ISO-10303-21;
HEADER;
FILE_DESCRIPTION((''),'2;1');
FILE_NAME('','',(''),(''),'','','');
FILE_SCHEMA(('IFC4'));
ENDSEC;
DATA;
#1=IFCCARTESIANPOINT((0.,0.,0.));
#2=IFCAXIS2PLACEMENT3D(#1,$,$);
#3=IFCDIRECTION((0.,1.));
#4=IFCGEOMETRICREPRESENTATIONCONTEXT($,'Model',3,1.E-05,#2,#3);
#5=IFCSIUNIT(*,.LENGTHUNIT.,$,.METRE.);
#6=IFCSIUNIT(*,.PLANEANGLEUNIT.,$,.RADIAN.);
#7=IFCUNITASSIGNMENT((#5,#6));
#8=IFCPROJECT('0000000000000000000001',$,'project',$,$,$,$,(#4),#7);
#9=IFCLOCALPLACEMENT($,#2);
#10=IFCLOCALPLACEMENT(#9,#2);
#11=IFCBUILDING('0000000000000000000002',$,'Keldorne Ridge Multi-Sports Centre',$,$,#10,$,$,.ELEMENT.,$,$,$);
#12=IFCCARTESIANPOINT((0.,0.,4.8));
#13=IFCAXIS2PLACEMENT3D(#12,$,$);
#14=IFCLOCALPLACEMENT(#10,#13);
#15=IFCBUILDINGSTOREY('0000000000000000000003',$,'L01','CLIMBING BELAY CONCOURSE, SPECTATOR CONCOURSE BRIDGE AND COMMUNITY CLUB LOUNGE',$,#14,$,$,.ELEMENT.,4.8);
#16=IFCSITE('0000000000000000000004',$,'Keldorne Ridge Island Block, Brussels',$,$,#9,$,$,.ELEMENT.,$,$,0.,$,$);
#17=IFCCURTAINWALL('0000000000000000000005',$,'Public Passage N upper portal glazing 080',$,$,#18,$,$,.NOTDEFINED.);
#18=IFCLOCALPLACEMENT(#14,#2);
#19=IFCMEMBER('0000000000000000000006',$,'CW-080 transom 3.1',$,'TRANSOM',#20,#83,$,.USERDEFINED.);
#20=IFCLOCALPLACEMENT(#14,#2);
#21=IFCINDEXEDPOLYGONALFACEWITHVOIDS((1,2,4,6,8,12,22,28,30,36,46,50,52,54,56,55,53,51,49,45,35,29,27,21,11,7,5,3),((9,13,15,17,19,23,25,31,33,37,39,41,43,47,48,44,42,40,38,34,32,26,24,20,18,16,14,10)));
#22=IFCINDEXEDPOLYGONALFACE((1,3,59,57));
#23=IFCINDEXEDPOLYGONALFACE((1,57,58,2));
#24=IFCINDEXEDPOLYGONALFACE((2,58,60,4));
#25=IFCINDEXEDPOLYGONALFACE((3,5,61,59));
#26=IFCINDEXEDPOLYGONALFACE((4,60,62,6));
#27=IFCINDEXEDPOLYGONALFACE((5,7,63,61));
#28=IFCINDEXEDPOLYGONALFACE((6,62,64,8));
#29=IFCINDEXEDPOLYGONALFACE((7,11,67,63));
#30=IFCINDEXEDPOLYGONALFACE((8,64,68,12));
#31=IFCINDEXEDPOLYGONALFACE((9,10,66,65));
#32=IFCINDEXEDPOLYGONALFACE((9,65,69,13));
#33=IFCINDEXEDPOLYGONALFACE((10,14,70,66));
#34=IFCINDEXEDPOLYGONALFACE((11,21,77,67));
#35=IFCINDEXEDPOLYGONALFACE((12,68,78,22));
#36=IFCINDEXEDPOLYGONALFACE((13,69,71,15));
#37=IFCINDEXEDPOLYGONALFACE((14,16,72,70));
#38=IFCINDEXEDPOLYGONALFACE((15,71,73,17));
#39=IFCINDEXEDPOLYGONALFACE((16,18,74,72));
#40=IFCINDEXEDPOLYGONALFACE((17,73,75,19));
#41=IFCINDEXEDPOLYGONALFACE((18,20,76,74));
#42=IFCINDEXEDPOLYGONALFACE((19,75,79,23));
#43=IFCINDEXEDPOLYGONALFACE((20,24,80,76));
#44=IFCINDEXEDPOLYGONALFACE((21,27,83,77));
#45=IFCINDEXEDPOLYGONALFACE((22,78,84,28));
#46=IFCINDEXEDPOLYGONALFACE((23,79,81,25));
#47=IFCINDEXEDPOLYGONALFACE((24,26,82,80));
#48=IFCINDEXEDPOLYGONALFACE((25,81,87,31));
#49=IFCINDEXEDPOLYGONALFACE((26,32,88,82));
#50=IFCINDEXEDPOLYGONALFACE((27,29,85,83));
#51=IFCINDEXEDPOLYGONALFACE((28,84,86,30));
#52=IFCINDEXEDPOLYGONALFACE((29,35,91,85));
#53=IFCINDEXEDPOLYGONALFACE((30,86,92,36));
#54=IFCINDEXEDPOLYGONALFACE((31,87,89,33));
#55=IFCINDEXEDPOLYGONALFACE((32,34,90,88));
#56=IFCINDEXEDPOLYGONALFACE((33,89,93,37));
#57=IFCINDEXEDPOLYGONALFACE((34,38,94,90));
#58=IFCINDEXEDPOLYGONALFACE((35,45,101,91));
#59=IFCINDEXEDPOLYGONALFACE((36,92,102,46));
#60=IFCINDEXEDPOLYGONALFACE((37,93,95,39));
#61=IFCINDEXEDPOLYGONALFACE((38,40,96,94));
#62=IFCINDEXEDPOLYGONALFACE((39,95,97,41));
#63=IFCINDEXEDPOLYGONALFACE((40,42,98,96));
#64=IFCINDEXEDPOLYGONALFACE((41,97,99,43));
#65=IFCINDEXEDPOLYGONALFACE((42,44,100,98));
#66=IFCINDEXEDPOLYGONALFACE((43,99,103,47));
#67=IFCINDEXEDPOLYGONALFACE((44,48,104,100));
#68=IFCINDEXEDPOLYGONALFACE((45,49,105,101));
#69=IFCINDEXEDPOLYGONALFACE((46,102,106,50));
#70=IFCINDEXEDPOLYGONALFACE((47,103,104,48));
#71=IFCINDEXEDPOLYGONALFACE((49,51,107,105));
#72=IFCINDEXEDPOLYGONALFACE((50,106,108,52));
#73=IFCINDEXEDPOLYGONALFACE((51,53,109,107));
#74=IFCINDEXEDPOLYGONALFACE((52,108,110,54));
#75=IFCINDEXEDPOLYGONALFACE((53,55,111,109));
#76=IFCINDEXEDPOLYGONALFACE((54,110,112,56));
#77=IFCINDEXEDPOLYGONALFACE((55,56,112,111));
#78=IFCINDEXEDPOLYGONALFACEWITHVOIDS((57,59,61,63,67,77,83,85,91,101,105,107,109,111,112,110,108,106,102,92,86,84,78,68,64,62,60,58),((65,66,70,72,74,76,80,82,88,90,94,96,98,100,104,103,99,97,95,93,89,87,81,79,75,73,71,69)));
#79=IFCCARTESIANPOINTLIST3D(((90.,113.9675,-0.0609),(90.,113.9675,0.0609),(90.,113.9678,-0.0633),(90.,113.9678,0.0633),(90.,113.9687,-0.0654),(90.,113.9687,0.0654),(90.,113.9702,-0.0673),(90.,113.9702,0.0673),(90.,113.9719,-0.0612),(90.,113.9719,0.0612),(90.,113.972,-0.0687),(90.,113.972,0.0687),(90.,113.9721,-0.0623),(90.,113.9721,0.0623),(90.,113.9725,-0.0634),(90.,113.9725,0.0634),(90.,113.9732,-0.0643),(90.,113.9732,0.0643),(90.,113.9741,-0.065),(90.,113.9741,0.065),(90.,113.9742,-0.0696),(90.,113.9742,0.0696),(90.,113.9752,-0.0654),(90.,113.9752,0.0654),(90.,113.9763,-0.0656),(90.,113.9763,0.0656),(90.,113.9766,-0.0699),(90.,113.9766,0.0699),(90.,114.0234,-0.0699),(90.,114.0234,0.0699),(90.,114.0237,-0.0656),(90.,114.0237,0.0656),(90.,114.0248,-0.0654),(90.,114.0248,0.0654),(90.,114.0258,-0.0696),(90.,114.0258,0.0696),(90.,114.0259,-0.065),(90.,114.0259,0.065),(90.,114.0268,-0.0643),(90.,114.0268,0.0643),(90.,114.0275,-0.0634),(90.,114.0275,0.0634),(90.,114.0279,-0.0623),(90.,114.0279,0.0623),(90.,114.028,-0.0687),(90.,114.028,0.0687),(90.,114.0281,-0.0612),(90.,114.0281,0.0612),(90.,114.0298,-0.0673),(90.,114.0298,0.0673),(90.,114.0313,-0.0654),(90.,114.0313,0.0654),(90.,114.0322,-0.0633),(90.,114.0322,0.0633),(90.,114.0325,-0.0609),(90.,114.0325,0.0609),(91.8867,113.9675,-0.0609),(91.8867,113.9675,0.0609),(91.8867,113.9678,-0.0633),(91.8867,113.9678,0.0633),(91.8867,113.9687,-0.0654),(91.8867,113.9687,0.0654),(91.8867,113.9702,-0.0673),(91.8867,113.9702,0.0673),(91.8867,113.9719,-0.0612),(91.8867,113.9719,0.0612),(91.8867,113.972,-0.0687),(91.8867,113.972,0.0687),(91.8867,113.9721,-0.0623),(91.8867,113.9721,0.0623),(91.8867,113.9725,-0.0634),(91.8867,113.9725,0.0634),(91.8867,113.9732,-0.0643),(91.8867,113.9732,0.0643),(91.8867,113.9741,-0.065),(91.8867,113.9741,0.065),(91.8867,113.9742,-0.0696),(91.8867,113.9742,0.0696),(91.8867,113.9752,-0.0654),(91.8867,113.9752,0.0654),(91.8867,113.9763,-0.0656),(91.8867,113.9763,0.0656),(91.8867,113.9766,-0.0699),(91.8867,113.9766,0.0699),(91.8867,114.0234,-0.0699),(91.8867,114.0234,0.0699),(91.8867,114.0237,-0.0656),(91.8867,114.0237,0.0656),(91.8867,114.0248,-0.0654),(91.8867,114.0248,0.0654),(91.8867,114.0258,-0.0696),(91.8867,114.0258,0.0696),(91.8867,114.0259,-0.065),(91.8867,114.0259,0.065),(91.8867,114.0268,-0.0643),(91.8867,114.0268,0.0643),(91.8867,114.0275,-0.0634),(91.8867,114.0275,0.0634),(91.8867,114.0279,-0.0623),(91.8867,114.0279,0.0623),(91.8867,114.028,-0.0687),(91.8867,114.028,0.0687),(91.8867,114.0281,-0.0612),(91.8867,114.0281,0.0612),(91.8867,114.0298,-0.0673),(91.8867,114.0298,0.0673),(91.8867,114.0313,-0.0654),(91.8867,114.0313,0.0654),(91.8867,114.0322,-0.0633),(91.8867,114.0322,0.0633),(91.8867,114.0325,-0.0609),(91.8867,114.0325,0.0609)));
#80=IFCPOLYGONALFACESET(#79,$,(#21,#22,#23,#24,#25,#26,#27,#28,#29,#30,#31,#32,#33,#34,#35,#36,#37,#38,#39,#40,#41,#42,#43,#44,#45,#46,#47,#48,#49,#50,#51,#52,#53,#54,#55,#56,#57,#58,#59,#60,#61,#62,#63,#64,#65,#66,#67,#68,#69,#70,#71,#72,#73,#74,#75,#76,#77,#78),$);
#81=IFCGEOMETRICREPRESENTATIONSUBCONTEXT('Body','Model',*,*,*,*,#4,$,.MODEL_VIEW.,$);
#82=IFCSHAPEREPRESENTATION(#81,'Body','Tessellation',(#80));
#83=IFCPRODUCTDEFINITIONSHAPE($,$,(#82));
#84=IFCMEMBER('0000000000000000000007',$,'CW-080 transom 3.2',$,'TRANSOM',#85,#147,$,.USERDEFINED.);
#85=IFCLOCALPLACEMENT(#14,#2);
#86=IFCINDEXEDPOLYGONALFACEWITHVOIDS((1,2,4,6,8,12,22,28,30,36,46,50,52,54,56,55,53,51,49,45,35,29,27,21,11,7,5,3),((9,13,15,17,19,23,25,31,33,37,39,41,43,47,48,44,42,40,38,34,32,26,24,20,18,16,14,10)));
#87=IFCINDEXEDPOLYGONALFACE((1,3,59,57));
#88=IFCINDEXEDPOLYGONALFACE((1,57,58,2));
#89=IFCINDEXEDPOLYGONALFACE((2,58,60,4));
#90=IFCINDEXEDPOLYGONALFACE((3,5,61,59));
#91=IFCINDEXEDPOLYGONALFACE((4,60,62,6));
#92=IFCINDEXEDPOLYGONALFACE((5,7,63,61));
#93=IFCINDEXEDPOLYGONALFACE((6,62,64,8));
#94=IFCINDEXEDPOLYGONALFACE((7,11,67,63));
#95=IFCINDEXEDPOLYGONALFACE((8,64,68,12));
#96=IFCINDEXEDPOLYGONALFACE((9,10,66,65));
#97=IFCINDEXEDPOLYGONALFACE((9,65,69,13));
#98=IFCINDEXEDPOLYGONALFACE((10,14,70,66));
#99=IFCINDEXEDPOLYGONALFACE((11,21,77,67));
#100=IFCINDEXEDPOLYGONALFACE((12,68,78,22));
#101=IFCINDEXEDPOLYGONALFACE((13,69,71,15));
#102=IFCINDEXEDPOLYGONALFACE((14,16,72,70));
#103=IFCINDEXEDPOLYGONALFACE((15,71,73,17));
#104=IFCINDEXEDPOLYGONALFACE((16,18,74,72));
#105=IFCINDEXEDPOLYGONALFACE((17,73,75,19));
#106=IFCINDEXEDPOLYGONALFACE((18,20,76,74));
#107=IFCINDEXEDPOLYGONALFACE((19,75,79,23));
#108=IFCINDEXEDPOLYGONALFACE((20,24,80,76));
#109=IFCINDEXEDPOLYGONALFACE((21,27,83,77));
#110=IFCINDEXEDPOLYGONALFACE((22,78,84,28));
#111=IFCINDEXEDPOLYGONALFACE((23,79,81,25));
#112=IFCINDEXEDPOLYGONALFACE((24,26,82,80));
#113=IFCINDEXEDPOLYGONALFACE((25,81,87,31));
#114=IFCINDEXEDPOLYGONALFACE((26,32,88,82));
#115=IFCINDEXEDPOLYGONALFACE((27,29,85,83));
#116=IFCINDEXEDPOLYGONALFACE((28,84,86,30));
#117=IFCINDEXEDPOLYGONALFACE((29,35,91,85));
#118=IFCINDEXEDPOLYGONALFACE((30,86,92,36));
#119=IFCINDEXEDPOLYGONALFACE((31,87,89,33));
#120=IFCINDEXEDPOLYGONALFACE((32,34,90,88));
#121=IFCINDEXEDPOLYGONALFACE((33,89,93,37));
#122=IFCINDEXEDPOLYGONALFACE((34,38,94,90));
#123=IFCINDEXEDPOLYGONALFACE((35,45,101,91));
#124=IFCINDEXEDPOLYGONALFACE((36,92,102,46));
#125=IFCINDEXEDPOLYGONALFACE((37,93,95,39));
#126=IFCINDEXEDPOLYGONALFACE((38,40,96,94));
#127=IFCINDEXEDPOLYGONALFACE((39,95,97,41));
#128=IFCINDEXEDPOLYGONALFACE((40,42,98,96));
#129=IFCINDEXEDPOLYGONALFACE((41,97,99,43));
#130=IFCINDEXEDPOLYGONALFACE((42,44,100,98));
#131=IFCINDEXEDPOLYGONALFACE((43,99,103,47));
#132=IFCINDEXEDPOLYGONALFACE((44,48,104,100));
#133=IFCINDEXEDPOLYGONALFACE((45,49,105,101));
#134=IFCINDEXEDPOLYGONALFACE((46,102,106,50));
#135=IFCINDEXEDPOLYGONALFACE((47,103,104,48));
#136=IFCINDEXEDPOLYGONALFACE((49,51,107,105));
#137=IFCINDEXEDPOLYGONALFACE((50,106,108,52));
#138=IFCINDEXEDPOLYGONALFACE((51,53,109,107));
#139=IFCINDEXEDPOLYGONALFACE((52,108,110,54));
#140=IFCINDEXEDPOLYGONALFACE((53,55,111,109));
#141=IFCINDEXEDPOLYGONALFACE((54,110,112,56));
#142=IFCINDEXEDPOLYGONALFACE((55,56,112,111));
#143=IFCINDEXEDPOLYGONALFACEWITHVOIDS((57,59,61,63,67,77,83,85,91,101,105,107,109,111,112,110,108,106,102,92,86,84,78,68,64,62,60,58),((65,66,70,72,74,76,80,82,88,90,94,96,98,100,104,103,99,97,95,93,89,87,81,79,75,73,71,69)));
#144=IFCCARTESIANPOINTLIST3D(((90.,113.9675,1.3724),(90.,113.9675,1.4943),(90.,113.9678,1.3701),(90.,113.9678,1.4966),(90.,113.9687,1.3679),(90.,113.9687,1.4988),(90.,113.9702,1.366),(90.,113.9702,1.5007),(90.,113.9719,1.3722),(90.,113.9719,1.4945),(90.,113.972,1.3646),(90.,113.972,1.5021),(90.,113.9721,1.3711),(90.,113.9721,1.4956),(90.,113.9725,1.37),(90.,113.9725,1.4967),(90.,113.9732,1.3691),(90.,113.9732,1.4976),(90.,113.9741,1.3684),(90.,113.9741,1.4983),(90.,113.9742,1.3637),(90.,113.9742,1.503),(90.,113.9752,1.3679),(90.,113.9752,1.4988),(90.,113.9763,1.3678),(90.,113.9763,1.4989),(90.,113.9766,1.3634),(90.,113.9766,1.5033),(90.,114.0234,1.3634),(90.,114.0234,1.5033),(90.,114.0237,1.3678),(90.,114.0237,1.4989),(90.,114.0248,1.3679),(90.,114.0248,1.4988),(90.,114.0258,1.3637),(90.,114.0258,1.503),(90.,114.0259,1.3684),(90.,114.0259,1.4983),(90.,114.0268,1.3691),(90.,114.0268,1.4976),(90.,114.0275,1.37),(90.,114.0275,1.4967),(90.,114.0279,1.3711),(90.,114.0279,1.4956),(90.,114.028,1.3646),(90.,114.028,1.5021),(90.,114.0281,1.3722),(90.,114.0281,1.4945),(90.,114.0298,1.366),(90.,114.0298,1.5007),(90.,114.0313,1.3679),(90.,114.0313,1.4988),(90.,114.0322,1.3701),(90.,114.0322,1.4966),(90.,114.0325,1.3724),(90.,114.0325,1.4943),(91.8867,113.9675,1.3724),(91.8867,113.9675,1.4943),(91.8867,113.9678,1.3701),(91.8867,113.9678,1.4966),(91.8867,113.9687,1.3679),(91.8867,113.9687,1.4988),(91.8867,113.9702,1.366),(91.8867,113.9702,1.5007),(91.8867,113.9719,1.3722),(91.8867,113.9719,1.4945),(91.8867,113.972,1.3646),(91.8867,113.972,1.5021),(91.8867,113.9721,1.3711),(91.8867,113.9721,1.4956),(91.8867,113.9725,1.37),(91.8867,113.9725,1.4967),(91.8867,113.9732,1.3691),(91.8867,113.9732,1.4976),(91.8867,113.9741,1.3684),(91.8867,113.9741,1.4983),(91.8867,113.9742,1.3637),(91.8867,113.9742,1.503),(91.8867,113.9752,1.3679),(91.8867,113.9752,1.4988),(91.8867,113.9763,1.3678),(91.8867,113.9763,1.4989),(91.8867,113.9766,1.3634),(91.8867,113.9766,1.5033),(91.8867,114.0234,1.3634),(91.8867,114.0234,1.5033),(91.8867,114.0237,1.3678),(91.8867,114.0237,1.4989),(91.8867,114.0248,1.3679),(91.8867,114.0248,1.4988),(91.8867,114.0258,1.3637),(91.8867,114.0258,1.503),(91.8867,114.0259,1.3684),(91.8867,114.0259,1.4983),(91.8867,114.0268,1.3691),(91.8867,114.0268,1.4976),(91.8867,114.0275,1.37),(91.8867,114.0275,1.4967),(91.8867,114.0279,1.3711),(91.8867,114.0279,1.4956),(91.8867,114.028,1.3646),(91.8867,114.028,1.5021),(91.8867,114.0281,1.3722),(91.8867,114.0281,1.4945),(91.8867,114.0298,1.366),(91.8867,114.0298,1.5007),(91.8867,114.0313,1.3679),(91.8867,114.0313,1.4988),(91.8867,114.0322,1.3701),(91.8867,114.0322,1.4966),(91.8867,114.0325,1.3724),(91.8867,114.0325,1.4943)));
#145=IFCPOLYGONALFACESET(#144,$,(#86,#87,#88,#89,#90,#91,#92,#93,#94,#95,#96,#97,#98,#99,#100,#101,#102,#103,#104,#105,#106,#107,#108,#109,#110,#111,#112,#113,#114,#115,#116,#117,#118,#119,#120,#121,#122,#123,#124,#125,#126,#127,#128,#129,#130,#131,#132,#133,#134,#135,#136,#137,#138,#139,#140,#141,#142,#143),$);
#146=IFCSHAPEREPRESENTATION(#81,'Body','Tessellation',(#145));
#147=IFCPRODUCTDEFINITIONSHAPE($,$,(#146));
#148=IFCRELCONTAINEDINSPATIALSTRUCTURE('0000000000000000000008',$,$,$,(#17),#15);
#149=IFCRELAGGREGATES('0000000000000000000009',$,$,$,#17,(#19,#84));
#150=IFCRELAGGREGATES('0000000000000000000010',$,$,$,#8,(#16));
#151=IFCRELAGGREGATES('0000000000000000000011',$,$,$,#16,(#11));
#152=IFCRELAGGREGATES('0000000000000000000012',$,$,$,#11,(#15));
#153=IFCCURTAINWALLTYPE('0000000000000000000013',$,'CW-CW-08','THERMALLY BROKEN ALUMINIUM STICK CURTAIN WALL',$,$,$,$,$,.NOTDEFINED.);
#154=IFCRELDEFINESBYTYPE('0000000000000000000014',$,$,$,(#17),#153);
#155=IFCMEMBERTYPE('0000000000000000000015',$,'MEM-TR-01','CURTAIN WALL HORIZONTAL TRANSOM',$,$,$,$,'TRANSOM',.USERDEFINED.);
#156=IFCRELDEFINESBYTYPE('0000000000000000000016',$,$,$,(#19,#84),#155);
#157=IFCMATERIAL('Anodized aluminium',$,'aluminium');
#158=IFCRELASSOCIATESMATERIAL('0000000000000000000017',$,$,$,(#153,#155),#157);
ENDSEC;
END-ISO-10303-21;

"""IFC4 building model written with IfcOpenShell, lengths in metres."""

from ifc_helpers import new_model, si_unit, direction, frame, origin, origin_2d, place, context, subcontext, project, spatial, hollow_rectangle, extrude, material, material_profile, profile_set, type_object, element, aggregate, save


model = new_model("IFC4")

# Units and contexts
model_context = context("Model", 3, precision=1e-05, world=origin(), true_north=direction((0.0, 1.0)))
body_context = subcontext(model_context, "Body", "Model", "MODEL_VIEW")
ifc_project = project(units=[si_unit("LENGTHUNIT", "METRE"), si_unit("PLANEANGLEUNIT", "RADIAN")], contexts=[model_context])

# Site, building, storey
site_placement = place(None, origin())
site = spatial("IfcSite", under=ifc_project, at=site_placement, Name="Keldorne Ridge Island Block, Brussels", CompositionType="ELEMENT", RefElevation=0.0)
building_placement = place(site_placement, origin())
building = spatial("IfcBuilding", under=site, at=building_placement, Name="Keldorne Ridge Multi-Sports Centre", CompositionType="ELEMENT")
storey_placement = place(building_placement, frame((0.0, 0.0, 4.8)))
storey = spatial("IfcBuildingStorey", under=building, at=storey_placement, Name="L01", Description="CLIMBING BELAY CONCOURSE, SPECTATOR CONCOURSE BRIDGE AND COMMUNITY CLUB LOUNGE", CompositionType="ELEMENT", Elevation=4.8)

# Shared definitions
ifc_material_1 = material(Name="Anodized aluminium", Category="aluminium")

# Curtain wall, members
curtain_wall_type_1 = type_object("IfcCurtainWallType", Name="CW-CW-08", Description="THERMALLY BROKEN ALUMINIUM STICK CURTAIN WALL", PredefinedType="NOTDEFINED", material=ifc_material_1)
curtain_wall_1_placement = place(storey_placement, origin())
curtain_wall_1 = element("IfcCurtainWall", 1, at=curtain_wall_1_placement, inside=storey, type_object=curtain_wall_type_1, Name="Public Passage N upper portal glazing 080", PredefinedType="NOTDEFINED")
ifc_material_profile_1 = material_profile(ifc_material_1, hollow_rectangle(XDim=0.0649, YDim=0.1399, WallThickness=0.0044, InnerFilletRadius=0.0044, OuterFilletRadius=0.009, at=origin_2d()), Name="ALU TRANSOM 140x65x4.5")
ifc_profile_set_1 = profile_set([ifc_material_profile_1], Name="Anodized aluminium")
member_type_1 = type_object("IfcMemberType", Name="MEM-TR-01", Description="CURTAIN WALL HORIZONTAL TRANSOM", ElementType="TRANSOM", PredefinedType="USERDEFINED", material=ifc_profile_set_1)
member_1_placement = place(storey_placement, frame((91.8867, 114.0, 0.0), z_axis=(-1.0, 0.0, 0.0), x_axis=(0.0, -1.0, 0.0)))
member_1 = element("IfcMember", 2, at=member_1_placement, type_object=member_type_1, Name="CW-080 transom 3.1", ObjectType="TRANSOM", PredefinedType="USERDEFINED", context=body_context, shape_type="SweptSolid", body=[
    extrude(hollow_rectangle(XDim=0.0649, YDim=0.1399, WallThickness=0.0044, InnerFilletRadius=0.0044, OuterFilletRadius=0.009, at=origin_2d()), origin(), (0.0, 0.0, 1.0), 1.8867),
])
member_2_placement = place(storey_placement, frame((91.8867, 114.0, 1.4333), z_axis=(-1.0, 0.0, 0.0), x_axis=(0.0, -1.0, 0.0)))
member_2 = element("IfcMember", 3, at=member_2_placement, type_object=member_type_1, Name="CW-080 transom 3.2", ObjectType="TRANSOM", PredefinedType="USERDEFINED", context=body_context, shape_type="SweptSolid", body=[
    extrude(hollow_rectangle(XDim=0.0649, YDim=0.1399, WallThickness=0.0044, InnerFilletRadius=0.0044, OuterFilletRadius=0.009, at=origin_2d()), origin(), (0.0, 0.0, 1.0), 1.8867),
])

aggregate(curtain_wall_1, [member_1, member_2])

save(model, "model.ifc")
